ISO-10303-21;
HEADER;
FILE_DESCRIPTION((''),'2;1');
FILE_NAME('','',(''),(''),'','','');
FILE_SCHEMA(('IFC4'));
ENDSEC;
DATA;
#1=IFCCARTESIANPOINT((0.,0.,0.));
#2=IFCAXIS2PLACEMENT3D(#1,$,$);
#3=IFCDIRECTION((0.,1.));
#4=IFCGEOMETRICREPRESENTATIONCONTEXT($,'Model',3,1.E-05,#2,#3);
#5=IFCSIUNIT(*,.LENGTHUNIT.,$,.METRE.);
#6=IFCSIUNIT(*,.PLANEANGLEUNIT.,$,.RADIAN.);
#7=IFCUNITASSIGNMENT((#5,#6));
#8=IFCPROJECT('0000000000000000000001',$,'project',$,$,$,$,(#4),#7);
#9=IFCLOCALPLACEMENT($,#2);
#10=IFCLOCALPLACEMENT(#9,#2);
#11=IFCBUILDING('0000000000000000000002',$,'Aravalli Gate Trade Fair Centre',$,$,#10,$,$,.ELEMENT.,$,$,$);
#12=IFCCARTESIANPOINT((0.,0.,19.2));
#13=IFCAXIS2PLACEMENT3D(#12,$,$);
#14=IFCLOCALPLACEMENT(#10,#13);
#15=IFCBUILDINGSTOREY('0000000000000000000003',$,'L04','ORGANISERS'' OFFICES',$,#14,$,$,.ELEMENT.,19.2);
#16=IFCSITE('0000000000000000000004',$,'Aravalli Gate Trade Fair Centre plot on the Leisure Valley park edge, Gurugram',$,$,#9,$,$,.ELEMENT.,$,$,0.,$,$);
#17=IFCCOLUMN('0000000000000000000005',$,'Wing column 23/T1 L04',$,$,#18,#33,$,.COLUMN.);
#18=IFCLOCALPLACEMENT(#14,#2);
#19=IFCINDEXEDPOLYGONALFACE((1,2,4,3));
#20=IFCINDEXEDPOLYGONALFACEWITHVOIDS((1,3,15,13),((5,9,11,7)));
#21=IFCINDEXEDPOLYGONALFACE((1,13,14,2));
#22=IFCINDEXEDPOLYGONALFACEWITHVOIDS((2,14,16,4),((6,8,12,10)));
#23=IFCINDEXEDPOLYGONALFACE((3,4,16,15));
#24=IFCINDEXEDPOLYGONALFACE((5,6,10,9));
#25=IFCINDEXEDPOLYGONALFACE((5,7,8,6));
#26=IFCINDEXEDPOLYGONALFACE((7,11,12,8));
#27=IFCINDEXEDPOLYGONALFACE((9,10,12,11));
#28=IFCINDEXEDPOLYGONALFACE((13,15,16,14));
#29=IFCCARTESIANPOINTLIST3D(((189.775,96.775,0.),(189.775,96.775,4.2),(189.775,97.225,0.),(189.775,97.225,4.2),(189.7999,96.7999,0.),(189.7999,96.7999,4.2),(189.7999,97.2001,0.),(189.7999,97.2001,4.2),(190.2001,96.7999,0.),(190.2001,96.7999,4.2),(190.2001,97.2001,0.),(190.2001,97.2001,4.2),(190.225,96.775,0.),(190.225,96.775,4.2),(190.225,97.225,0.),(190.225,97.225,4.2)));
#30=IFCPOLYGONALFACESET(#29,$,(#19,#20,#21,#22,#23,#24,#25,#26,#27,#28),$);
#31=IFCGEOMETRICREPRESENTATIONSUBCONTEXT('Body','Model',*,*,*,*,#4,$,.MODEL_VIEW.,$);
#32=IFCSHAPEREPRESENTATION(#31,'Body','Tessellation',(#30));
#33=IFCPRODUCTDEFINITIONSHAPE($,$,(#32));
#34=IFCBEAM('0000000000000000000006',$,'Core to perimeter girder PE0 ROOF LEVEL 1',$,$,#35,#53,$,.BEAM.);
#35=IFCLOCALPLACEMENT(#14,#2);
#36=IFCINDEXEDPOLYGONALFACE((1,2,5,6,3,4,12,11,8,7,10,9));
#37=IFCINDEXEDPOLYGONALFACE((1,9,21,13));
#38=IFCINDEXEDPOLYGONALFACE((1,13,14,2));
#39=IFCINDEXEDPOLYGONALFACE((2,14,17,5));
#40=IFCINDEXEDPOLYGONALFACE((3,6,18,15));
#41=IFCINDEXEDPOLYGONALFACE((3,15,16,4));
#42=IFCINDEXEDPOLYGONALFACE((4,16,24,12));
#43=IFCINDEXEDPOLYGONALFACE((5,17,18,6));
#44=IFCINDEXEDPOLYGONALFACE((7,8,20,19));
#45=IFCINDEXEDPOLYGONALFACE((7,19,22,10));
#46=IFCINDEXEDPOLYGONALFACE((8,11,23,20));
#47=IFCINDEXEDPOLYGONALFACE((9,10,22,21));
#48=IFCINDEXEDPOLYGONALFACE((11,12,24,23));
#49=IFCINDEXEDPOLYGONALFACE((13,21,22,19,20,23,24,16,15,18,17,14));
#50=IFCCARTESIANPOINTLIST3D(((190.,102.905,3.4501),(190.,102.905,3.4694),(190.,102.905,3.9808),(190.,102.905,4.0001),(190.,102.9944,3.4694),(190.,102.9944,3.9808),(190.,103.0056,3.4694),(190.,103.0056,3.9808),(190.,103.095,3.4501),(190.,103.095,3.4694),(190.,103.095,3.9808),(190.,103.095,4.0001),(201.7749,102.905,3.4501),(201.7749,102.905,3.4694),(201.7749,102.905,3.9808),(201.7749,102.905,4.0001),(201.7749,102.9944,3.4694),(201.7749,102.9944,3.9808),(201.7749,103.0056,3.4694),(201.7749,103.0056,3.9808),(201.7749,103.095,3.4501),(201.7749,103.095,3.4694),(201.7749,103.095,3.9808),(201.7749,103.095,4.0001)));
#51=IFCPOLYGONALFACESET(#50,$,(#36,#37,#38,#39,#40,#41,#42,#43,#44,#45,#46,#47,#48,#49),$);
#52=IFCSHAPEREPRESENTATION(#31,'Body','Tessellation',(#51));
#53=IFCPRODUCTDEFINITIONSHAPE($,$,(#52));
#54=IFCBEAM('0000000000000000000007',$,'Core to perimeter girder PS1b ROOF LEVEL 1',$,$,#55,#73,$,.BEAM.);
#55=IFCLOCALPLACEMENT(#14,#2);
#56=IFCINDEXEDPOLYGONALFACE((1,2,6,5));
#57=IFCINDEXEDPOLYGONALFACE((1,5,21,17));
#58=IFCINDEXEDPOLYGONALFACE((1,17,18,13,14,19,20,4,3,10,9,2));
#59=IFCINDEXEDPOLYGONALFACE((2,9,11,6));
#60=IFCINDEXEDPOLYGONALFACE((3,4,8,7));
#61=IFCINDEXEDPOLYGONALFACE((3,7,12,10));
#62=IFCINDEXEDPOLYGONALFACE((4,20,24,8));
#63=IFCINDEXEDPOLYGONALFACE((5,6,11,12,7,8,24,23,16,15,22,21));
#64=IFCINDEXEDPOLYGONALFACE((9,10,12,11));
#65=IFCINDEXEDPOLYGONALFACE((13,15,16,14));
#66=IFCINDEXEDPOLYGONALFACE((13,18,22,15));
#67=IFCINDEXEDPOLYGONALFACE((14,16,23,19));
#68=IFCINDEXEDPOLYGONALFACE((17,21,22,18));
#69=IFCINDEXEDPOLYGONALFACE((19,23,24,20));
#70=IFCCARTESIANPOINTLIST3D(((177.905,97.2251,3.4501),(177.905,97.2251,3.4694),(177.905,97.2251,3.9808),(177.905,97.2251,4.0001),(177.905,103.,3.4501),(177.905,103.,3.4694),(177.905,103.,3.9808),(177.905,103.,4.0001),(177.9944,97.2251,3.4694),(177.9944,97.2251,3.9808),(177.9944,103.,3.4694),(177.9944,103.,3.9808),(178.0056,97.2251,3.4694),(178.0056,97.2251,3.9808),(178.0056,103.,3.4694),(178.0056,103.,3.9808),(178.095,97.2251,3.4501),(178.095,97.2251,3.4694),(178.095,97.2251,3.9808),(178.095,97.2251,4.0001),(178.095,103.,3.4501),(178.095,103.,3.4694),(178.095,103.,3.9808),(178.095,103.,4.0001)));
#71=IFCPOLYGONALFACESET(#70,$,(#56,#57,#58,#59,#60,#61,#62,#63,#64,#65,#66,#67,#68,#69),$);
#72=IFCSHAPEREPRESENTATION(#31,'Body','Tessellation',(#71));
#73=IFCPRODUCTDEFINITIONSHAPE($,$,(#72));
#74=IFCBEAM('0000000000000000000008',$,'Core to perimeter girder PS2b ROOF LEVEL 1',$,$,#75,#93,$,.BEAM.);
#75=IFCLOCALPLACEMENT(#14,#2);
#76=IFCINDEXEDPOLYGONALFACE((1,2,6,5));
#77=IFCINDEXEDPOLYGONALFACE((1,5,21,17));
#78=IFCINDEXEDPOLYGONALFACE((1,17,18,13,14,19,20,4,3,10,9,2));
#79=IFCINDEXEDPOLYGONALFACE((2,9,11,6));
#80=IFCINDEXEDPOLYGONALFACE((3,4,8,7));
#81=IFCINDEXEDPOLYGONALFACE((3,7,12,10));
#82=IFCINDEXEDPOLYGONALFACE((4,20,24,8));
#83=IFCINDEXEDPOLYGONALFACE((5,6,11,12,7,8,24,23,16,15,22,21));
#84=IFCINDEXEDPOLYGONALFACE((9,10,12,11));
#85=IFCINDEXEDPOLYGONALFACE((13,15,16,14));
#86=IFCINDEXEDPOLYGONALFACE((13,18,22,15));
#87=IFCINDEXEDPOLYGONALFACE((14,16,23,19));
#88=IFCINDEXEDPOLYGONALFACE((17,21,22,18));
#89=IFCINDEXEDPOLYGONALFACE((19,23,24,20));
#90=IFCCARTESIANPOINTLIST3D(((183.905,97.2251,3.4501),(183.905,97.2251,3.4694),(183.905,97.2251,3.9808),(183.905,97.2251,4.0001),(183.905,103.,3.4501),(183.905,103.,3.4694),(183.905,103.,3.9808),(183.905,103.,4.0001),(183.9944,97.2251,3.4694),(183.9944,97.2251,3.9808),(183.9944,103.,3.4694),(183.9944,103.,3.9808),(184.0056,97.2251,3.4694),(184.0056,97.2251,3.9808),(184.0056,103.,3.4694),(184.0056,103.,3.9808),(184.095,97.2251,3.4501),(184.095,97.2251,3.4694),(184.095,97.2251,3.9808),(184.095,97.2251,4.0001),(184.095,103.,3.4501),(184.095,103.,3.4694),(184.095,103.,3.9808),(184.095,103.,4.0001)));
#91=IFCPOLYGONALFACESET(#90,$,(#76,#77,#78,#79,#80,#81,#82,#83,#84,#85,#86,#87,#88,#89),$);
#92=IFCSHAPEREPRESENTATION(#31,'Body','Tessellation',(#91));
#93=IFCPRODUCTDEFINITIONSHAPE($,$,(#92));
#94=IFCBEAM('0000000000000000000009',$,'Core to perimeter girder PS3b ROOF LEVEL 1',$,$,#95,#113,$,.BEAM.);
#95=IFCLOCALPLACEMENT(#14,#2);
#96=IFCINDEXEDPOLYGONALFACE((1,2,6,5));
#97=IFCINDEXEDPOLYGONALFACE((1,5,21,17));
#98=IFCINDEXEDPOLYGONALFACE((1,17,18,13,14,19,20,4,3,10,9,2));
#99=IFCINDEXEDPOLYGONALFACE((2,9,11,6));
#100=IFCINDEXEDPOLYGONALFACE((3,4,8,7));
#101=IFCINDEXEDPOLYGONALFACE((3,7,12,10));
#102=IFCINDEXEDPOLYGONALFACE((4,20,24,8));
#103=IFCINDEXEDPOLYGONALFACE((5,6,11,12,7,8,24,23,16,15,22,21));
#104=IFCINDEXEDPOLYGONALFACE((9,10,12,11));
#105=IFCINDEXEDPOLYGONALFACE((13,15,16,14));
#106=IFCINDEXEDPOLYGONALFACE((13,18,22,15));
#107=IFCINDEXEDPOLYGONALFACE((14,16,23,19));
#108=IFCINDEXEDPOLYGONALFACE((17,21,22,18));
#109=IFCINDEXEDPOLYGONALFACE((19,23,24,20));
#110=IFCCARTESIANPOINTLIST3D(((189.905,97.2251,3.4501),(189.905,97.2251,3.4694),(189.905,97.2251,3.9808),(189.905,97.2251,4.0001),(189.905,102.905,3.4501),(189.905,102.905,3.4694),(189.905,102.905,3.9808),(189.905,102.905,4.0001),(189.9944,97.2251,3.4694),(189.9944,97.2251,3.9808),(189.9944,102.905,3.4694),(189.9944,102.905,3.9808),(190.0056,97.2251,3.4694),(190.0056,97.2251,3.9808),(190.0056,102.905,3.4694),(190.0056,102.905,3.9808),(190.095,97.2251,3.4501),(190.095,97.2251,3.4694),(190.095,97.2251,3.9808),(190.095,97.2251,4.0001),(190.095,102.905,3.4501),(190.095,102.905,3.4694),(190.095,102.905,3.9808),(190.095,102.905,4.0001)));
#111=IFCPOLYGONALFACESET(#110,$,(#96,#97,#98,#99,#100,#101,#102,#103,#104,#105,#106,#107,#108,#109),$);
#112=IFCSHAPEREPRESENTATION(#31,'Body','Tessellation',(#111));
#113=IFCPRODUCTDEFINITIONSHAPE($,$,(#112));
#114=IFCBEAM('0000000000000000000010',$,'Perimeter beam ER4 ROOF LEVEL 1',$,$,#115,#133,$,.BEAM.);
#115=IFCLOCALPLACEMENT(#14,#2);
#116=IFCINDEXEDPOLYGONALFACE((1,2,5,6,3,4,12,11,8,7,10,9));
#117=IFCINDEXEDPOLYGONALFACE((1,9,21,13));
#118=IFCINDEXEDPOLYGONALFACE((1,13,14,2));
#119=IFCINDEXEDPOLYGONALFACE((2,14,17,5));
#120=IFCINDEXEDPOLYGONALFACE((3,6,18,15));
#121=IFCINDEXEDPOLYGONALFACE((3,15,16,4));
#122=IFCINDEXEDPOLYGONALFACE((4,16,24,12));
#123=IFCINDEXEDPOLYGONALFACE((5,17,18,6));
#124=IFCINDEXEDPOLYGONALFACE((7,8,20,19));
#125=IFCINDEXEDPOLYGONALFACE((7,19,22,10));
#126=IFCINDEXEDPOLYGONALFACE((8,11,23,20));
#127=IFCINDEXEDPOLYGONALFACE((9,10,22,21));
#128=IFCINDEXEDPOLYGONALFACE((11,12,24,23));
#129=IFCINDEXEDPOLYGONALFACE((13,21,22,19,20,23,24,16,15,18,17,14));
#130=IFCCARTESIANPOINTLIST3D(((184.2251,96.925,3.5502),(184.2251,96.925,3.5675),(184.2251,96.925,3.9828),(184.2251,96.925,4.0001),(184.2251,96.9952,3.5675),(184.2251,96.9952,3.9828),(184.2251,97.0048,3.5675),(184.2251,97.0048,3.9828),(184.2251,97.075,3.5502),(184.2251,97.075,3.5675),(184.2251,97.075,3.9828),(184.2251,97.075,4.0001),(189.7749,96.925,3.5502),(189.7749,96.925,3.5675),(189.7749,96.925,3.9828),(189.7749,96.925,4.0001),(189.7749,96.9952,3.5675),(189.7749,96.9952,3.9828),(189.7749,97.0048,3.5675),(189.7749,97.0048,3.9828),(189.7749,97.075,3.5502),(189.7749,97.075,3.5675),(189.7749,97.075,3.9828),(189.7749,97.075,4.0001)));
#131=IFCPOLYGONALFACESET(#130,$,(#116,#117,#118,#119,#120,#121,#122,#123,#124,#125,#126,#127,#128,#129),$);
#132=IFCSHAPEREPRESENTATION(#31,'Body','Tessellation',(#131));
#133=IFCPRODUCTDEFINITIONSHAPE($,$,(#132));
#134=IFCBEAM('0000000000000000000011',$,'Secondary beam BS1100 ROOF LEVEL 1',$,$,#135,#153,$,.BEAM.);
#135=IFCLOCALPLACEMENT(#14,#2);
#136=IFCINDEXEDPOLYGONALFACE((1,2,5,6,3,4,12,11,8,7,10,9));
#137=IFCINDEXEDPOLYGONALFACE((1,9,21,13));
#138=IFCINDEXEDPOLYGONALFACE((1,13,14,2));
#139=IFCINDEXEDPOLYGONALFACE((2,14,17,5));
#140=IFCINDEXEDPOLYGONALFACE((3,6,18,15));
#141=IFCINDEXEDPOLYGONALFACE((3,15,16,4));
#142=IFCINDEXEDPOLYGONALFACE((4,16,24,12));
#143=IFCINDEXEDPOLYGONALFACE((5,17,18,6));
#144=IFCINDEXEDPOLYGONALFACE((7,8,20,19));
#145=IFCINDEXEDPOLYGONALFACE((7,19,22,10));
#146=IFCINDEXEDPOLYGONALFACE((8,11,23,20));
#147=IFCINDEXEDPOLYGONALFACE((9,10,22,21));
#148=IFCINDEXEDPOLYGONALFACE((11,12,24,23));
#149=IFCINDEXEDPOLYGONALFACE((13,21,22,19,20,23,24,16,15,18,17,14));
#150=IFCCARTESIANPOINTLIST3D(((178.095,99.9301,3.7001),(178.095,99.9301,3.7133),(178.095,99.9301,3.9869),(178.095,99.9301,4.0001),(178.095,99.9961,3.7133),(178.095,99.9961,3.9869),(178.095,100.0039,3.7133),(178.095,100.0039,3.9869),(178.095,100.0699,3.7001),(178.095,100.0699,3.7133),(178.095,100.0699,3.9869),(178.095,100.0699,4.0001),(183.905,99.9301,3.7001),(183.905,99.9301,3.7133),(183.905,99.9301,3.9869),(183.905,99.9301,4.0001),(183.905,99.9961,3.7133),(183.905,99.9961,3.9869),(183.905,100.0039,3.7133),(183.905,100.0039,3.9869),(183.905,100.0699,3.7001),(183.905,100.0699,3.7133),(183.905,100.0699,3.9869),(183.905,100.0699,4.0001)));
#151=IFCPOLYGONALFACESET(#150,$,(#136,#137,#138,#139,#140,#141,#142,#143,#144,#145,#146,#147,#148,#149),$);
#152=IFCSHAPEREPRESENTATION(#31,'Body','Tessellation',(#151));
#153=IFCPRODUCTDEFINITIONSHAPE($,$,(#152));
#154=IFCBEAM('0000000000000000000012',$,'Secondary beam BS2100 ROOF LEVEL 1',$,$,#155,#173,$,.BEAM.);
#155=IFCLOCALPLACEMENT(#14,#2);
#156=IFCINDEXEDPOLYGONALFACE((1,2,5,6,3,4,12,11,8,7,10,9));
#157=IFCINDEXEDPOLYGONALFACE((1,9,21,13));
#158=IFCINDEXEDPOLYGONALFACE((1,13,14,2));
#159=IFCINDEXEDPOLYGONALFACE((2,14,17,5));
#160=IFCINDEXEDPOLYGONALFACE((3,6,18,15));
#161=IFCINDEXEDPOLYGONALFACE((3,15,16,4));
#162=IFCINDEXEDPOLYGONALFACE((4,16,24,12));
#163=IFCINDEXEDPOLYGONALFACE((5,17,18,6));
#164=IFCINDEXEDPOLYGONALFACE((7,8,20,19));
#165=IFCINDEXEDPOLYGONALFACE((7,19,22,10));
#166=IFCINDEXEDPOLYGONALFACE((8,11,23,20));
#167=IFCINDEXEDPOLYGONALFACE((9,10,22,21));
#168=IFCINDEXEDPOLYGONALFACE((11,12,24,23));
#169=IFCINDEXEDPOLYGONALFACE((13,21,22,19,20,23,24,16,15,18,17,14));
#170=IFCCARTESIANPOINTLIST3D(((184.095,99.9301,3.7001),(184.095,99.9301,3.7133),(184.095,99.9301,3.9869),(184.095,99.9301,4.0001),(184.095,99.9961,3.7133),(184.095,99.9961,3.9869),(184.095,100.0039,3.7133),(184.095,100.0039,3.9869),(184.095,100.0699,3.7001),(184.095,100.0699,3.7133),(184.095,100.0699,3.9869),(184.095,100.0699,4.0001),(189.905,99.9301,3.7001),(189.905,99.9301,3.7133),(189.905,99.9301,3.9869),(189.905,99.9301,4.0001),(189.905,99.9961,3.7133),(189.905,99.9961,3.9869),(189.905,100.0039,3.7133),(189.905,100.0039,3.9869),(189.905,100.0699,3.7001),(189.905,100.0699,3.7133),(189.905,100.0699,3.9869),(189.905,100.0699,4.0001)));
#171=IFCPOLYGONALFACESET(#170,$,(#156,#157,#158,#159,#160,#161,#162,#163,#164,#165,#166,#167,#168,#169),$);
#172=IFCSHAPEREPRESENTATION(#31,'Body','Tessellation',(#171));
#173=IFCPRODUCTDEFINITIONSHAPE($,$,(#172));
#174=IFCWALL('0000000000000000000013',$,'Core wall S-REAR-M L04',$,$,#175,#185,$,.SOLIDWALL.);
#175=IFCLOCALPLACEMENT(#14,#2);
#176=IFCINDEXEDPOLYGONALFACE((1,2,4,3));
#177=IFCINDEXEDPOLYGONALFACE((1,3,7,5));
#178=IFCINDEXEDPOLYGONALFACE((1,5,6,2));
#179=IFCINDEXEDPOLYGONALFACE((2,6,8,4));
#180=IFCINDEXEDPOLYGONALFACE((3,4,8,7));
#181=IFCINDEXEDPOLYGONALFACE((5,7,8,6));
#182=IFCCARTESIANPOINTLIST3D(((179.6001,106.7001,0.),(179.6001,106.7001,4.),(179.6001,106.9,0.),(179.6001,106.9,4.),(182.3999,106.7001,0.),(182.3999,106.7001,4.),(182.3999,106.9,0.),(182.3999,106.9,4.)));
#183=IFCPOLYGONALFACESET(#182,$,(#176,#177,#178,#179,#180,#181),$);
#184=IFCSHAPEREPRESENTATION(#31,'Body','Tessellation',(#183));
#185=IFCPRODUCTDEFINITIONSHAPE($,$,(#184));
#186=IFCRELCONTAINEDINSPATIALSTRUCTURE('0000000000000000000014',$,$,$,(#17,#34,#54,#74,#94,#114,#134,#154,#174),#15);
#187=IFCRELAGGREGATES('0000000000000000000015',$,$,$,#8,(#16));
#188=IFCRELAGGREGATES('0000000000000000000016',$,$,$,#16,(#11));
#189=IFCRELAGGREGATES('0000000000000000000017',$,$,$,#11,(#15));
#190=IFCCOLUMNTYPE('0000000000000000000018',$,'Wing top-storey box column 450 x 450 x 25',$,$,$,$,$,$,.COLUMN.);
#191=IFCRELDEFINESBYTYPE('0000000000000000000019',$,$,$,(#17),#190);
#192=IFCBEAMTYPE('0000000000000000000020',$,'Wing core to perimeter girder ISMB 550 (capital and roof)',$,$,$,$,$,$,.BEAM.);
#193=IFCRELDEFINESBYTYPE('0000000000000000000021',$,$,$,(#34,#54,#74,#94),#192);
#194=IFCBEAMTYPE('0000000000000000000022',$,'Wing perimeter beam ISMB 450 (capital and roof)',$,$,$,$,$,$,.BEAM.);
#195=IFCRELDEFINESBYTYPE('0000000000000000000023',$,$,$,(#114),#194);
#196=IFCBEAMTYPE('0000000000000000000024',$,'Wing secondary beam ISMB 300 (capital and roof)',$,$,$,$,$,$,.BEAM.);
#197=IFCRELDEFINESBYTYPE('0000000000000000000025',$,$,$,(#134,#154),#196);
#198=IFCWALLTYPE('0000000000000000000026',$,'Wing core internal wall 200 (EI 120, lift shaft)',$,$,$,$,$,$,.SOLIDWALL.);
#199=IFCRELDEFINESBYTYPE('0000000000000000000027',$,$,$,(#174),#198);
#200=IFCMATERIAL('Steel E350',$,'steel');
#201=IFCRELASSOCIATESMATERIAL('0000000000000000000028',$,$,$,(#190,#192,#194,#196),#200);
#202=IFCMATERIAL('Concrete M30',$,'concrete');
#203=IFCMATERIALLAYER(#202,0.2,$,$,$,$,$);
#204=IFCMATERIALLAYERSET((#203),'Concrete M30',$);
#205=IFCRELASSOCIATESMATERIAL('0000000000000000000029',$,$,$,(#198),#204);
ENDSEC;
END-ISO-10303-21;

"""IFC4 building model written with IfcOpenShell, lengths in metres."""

from ifc_helpers import new_model, si_unit, direction, frame, frame_2d, origin, origin_2d, place, context, subcontext, project, spatial, rectangle, hollow_rectangle, i_section, extrude, material, layer, layer_set, material_profile, profile_set, type_object, element, save


model = new_model("IFC4")

# Units and contexts
model_context = context("Model", 3, precision=1e-05, world=origin(), true_north=direction((0.0, 1.0)))
body_context = subcontext(model_context, "Body", "Model", "MODEL_VIEW")
ifc_project = project(units=[si_unit("LENGTHUNIT", "METRE"), si_unit("PLANEANGLEUNIT", "RADIAN")], contexts=[model_context])

# Site, building, storey
site_placement = place(None, origin())
site = spatial("IfcSite", under=ifc_project, at=site_placement, Name="Aravalli Gate Trade Fair Centre plot on the Leisure Valley park edge, Gurugram", CompositionType="ELEMENT", RefElevation=0.0)
building_placement = place(site_placement, origin())
building = spatial("IfcBuilding", under=site, at=building_placement, Name="Aravalli Gate Trade Fair Centre", CompositionType="ELEMENT")
storey_placement = place(building_placement, frame((0.0, 0.0, 19.2)))
storey = spatial("IfcBuildingStorey", under=building, at=storey_placement, Name="L04", Description="ORGANISERS' OFFICES", CompositionType="ELEMENT", Elevation=19.2)

# Column
ifc_material_1 = material(Name="Steel E350", Category="steel")
ifc_material_profile_1 = material_profile(ifc_material_1, hollow_rectangle(XDim=0.45, YDim=0.45, WallThickness=0.0249, at=origin_2d()), Name="BOX 450x450x25")
ifc_profile_set_1 = profile_set([ifc_material_profile_1], Name="Steel E350")
column_type = type_object("IfcColumnType", Name="Wing top-storey box column 450 x 450 x 25", PredefinedType="COLUMN", material=ifc_profile_set_1)
column_placement = place(storey_placement, frame((190.0, 97.0, 0.0), z_axis=(0.0, 0.0, 1.0), x_axis=(1.0, 0.0, 0.0)))
element("IfcColumn", 1, at=column_placement, inside=storey, type_object=column_type, Name="Wing column 23/T1 L04", PredefinedType="COLUMN", context=body_context, shape_type="SweptSolid", body=[
    extrude(hollow_rectangle(XDim=0.45, YDim=0.45, WallThickness=0.0249, at=origin_2d()), origin(), (0.0, 0.0, 1.0), 4.2),
])

# Beams
ifc_material_profile_2 = material_profile(ifc_material_1, i_section(OverallWidth=0.1899, OverallDepth=0.55, WebThickness=0.0112, FlangeThickness=0.0193, at=origin_2d()), Name="ISMB 550")
ifc_profile_set_2 = profile_set([ifc_material_profile_2], Name="Steel E350")
beam_type_1 = type_object("IfcBeamType", Name="Wing core to perimeter girder ISMB 550 (capital and roof)", PredefinedType="BEAM", material=ifc_profile_set_2)
beam_1_placement = place(storey_placement, frame((190.0, 103.0, 3.7251), z_axis=(1.0, 0.0, 0.0), x_axis=(0.0, 1.0, 0.0)))
element("IfcBeam", 2, at=beam_1_placement, inside=storey, type_object=beam_type_1, Name="Core to perimeter girder PE0 ROOF LEVEL 1", PredefinedType="BEAM", context=body_context, shape_type="SweptSolid", body=[
    extrude(i_section(OverallWidth=0.1899, OverallDepth=0.55, WebThickness=0.0112, FlangeThickness=0.0193, at=origin_2d()), origin(), (0.0, 0.0, 1.0), 11.7749),
])
for number, where, z_axis, x_axis, name in (
    (3, (178.0, 97.2251, 3.7251), (0.0, 1.0, 0.0), (-1.0, 0.0, 0.0), "Core to perimeter girder PS1b ROOF LEVEL 1"),
    (4, (184.0, 97.2251, 3.7251), (0.0, 1.0, 0.0), (-1.0, 0.0, 0.0), "Core to perimeter girder PS2b ROOF LEVEL 1"),
):
    element("IfcBeam", number, at=place(storey_placement, frame(where, z_axis=z_axis, x_axis=x_axis)), inside=storey, type_object=beam_type_1, Name=name, PredefinedType="BEAM", context=body_context, shape_type="SweptSolid", body=[
        extrude(i_section(OverallWidth=0.1899, OverallDepth=0.55, WebThickness=0.0112, FlangeThickness=0.0193, at=origin_2d()), origin(), (0.0, 0.0, 1.0), 5.7749),
    ])
beam_2_placement = place(storey_placement, frame((190.0, 97.2251, 3.7251), z_axis=(0.0, 1.0, 0.0), x_axis=(-1.0, 0.0, 0.0)))
element("IfcBeam", 5, at=beam_2_placement, inside=storey, type_object=beam_type_1, Name="Core to perimeter girder PS3b ROOF LEVEL 1", PredefinedType="BEAM", context=body_context, shape_type="SweptSolid", body=[
    extrude(i_section(OverallWidth=0.1899, OverallDepth=0.55, WebThickness=0.0112, FlangeThickness=0.0193, at=origin_2d()), origin(), (0.0, 0.0, 1.0), 5.6799),
])
ifc_material_profile_3 = material_profile(ifc_material_1, i_section(OverallWidth=0.1499, OverallDepth=0.45, WebThickness=0.0095, FlangeThickness=0.0173, at=origin_2d()), Name="ISMB 450")
ifc_profile_set_3 = profile_set([ifc_material_profile_3], Name="Steel E350")
beam_type_2 = type_object("IfcBeamType", Name="Wing perimeter beam ISMB 450 (capital and roof)", PredefinedType="BEAM", material=ifc_profile_set_3)
beam_3_placement = place(storey_placement, frame((184.2251, 97.0, 3.7751), z_axis=(1.0, 0.0, 0.0), x_axis=(0.0, 1.0, 0.0)))
element("IfcBeam", 6, at=beam_3_placement, inside=storey, type_object=beam_type_2, Name="Perimeter beam ER4 ROOF LEVEL 1", PredefinedType="BEAM", context=body_context, shape_type="SweptSolid", body=[
    extrude(i_section(OverallWidth=0.1499, OverallDepth=0.45, WebThickness=0.0095, FlangeThickness=0.0173, at=origin_2d()), origin(), (0.0, 0.0, 1.0), 5.5498),
])
ifc_material_profile_4 = material_profile(ifc_material_1, i_section(OverallWidth=0.1399, OverallDepth=0.3, WebThickness=0.0078, FlangeThickness=0.0132, at=origin_2d()), Name="ISMB 300")
ifc_profile_set_4 = profile_set([ifc_material_profile_4], Name="Steel E350")
beam_type_3 = type_object("IfcBeamType", Name="Wing secondary beam ISMB 300 (capital and roof)", PredefinedType="BEAM", material=ifc_profile_set_4)
for number, where, z_axis, x_axis, name in (
    (7, (178.095, 100.0, 3.8501), (1.0, 0.0, 0.0), (0.0, 1.0, 0.0), "Secondary beam BS1100 ROOF LEVEL 1"),
    (8, (184.095, 100.0, 3.8501), (1.0, 0.0, 0.0), (0.0, 1.0, 0.0), "Secondary beam BS2100 ROOF LEVEL 1"),
):
    element("IfcBeam", number, at=place(storey_placement, frame(where, z_axis=z_axis, x_axis=x_axis)), inside=storey, type_object=beam_type_3, Name=name, PredefinedType="BEAM", context=body_context, shape_type="SweptSolid", body=[
        extrude(i_section(OverallWidth=0.1399, OverallDepth=0.3, WebThickness=0.0078, FlangeThickness=0.0132, at=origin_2d()), origin(), (0.0, 0.0, 1.0), 5.8101),
    ])

# Wall
ifc_material_2 = material(Name="Concrete M30", Category="concrete")
ifc_layer_1 = layer(ifc_material_2, 0.2)
ifc_layer_set_1 = layer_set([ifc_layer_1], Name="Concrete M30")
wall_type_1 = type_object("IfcWallType", Name="Wing core internal wall 200 (EI 120, lift shaft)", PredefinedType="SOLIDWALL", material=ifc_layer_set_1)
wall_1_placement = place(storey_placement, frame((179.6001, 106.8, 0.0), z_axis=(0.0, 0.0, 1.0), x_axis=(1.0, 0.0, 0.0)))
element("IfcWall", 9, at=wall_1_placement, inside=storey, type_object=wall_type_1, Name="Core wall S-REAR-M L04", PredefinedType="SOLIDWALL", context=body_context, shape_type="SweptSolid", body=[
    extrude(rectangle(XDim=2.7998, YDim=0.2, at=frame_2d((1.3999, 0.0))), origin(), (0.0, 0.0, 1.0), 4.0),
])

save(model, "model.ifc")
